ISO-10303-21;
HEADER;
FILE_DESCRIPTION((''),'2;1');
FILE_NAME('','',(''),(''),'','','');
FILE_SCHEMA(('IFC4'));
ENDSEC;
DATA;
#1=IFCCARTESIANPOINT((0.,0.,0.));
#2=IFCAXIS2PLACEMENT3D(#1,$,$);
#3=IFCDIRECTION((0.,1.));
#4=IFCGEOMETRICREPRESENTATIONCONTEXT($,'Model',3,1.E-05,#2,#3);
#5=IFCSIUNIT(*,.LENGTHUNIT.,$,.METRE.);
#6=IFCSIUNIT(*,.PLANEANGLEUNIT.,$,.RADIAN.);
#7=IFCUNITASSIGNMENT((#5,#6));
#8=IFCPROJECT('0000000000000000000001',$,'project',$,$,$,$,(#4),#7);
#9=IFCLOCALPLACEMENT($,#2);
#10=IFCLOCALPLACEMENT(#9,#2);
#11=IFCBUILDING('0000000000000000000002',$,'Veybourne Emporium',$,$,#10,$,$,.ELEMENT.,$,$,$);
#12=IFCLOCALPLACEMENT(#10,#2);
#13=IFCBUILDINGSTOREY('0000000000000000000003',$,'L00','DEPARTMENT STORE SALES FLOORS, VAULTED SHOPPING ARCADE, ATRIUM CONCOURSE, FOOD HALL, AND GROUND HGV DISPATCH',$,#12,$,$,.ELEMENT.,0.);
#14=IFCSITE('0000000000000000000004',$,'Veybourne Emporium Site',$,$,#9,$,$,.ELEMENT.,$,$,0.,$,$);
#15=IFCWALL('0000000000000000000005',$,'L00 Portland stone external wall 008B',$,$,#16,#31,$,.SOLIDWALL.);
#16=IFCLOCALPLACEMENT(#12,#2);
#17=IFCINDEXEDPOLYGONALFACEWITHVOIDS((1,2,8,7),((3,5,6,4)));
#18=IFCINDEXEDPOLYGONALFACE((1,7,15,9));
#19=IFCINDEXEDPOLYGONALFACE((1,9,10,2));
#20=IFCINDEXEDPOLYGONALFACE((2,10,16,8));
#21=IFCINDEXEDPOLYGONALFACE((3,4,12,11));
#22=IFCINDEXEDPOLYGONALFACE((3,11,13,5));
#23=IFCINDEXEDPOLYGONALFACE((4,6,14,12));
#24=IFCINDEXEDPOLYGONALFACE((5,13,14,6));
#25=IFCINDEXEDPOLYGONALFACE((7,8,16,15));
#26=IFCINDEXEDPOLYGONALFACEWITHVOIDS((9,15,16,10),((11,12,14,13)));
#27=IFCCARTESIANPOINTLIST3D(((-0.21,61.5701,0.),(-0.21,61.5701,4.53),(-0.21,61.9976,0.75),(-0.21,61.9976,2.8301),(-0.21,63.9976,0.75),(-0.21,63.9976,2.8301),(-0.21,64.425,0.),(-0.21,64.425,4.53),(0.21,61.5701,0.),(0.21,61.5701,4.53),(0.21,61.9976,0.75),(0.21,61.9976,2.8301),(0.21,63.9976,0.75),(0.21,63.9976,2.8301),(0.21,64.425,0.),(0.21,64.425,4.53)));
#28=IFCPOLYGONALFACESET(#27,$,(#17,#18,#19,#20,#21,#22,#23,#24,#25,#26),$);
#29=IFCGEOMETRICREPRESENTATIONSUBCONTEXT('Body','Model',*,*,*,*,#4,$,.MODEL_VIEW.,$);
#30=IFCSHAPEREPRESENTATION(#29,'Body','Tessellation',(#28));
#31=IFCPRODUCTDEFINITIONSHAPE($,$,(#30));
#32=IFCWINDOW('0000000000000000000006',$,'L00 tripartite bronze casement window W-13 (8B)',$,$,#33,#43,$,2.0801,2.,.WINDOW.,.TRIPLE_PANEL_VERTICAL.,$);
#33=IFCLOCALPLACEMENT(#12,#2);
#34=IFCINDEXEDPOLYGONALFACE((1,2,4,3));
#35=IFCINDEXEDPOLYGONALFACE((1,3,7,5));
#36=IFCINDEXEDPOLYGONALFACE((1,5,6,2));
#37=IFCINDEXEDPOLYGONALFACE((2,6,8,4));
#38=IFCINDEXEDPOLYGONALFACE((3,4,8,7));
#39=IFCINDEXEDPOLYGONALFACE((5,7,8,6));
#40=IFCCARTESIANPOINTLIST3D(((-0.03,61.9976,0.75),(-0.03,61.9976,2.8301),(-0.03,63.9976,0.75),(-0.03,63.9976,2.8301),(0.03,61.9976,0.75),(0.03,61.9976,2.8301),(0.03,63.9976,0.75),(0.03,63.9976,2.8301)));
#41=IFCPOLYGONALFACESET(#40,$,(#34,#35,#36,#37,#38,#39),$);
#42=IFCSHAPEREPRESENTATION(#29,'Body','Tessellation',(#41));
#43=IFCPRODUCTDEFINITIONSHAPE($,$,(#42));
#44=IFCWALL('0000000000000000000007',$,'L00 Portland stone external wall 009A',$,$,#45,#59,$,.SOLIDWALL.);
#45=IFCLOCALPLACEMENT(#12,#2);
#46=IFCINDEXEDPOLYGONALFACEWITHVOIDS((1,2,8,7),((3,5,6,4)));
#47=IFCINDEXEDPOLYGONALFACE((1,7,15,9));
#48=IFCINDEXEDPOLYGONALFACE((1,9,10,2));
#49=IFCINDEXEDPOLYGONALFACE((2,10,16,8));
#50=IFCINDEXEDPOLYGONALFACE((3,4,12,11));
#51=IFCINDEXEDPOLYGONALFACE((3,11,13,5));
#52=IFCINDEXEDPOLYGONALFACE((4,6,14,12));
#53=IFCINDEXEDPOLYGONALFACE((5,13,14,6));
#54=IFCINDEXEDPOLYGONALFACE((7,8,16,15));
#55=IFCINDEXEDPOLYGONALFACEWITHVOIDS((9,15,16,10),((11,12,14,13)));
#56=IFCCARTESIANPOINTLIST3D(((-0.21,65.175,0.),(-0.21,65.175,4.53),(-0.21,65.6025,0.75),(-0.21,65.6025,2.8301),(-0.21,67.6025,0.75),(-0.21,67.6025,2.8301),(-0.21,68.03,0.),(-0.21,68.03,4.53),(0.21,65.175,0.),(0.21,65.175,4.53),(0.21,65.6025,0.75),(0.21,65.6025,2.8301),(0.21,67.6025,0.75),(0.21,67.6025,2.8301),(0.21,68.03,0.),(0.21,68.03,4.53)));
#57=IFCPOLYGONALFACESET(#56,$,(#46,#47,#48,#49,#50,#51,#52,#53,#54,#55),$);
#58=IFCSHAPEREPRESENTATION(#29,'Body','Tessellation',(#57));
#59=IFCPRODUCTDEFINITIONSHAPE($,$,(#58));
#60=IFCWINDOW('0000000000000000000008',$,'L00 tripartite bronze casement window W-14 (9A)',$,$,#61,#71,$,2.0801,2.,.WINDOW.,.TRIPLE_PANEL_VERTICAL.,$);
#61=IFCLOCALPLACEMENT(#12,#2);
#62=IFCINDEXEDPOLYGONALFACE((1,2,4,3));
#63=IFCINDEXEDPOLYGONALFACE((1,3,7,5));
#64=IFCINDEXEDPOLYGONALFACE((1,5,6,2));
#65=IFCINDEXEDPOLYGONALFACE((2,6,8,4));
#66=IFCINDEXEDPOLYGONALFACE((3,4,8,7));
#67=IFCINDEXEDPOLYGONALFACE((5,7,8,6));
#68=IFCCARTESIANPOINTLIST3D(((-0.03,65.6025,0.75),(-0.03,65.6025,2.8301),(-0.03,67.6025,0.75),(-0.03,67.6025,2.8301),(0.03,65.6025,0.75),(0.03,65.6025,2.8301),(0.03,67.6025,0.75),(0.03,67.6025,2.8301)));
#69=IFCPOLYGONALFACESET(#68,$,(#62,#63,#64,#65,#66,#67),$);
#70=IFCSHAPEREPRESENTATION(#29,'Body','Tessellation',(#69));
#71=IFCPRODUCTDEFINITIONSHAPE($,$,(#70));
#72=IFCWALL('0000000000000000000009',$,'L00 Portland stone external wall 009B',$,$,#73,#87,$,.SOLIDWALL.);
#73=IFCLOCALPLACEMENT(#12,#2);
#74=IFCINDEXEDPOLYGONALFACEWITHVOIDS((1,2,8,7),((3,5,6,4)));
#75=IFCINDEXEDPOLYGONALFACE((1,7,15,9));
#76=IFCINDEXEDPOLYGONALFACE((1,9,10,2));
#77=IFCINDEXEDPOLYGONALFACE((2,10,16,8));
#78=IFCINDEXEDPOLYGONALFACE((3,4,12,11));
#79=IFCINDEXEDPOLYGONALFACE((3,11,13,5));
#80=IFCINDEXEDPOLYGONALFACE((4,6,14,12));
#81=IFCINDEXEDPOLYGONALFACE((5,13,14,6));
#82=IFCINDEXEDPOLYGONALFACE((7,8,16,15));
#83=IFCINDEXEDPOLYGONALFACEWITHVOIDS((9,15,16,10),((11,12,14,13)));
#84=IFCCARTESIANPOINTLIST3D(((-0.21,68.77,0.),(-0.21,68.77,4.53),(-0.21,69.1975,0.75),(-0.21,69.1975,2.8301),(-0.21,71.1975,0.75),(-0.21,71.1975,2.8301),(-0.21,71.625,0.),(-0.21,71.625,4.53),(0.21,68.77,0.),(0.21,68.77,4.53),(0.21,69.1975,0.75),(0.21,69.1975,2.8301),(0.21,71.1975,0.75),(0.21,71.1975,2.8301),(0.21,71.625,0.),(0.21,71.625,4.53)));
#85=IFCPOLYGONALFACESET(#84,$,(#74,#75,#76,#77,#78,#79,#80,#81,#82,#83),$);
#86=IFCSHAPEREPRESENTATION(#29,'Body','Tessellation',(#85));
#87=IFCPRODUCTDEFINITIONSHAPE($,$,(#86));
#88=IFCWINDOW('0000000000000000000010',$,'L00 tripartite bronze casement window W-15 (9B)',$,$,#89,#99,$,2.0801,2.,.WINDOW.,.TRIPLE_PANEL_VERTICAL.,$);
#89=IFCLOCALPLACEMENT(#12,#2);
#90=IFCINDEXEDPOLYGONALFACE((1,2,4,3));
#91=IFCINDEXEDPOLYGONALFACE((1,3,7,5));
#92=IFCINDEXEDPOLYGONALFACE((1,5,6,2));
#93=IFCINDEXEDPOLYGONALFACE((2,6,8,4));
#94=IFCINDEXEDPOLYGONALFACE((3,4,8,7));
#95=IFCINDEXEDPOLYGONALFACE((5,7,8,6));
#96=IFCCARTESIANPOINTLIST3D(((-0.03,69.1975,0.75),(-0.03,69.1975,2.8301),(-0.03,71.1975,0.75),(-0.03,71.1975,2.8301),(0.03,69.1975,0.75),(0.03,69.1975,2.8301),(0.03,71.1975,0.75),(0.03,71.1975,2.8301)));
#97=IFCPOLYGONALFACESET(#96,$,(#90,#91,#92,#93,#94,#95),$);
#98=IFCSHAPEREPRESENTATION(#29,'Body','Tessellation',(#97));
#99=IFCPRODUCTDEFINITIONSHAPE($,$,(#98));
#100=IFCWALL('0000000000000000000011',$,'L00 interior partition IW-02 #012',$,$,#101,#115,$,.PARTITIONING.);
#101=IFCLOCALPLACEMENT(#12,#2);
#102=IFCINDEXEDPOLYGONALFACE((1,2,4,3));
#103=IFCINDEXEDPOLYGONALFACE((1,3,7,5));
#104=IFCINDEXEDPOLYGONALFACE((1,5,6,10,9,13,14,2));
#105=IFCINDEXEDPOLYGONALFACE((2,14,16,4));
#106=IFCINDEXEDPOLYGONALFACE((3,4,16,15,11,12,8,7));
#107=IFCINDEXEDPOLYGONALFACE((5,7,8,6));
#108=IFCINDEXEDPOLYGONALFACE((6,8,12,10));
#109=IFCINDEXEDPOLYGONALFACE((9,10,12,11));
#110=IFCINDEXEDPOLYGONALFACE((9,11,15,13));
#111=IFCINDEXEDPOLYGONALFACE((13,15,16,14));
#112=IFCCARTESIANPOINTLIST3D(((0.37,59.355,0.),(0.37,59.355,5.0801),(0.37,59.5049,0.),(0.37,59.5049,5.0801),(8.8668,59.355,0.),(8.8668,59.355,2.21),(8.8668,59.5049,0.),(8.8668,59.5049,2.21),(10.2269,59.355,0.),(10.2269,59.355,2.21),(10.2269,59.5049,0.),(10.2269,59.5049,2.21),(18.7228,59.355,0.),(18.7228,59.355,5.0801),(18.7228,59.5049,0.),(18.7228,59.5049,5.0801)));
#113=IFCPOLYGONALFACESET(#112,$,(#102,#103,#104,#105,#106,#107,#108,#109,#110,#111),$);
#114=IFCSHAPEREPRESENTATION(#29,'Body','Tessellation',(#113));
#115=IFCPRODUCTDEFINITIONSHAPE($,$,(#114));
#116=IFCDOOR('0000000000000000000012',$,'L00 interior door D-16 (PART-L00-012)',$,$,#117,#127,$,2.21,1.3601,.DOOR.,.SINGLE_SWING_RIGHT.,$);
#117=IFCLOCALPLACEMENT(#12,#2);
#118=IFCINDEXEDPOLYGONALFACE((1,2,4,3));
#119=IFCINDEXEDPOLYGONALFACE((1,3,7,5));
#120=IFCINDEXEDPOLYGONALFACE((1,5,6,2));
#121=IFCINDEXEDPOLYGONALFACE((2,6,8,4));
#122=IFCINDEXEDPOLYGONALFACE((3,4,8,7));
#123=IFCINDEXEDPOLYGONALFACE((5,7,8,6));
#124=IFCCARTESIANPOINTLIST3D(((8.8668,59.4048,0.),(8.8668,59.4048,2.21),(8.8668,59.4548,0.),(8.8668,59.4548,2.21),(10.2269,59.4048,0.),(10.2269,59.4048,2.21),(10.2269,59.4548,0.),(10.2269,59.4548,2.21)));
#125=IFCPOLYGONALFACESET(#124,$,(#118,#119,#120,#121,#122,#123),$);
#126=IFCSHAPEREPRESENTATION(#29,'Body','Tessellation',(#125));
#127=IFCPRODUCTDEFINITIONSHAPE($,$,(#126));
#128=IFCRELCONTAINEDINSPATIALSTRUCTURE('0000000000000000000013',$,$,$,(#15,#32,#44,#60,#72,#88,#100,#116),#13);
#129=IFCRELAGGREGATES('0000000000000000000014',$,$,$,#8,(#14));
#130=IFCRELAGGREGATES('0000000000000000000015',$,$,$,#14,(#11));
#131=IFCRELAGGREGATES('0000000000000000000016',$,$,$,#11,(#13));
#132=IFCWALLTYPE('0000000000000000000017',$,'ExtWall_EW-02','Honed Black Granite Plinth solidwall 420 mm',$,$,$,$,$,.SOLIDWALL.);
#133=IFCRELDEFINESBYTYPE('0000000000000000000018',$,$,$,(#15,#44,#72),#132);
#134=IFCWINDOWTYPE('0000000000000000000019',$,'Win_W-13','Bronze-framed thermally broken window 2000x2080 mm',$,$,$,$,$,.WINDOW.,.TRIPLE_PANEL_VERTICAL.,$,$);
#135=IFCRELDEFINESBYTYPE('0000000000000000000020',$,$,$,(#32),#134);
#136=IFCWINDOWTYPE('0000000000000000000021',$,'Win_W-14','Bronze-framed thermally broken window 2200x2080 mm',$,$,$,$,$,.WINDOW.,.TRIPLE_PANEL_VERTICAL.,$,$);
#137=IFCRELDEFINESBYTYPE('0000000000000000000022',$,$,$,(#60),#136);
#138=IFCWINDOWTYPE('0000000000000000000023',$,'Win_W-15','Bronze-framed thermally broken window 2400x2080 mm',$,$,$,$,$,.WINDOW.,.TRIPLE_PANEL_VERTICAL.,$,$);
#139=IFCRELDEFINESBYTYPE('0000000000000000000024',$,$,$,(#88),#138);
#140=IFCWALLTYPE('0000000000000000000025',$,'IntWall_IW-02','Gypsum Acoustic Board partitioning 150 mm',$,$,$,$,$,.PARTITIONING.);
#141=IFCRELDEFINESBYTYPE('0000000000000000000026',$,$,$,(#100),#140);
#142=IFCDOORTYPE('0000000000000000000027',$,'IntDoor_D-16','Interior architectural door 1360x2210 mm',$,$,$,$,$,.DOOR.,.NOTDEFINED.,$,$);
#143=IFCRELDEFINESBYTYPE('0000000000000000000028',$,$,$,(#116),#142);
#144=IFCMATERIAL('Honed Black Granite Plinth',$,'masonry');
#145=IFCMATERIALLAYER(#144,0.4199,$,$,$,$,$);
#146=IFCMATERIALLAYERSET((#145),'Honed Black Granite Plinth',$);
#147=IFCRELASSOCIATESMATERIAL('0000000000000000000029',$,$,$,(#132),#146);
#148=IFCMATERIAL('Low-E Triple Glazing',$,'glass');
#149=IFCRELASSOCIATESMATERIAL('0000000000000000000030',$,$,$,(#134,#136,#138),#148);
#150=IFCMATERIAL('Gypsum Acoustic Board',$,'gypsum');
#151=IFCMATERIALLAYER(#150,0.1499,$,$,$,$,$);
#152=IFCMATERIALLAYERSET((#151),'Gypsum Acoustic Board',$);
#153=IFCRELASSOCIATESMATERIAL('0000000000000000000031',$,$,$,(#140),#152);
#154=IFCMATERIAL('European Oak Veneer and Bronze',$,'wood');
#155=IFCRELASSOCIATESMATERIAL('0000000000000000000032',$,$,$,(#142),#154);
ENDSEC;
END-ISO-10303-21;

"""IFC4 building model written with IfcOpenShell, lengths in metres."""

from ifc_helpers import new_model, si_unit, direction, frame, frame_2d, origin, place, context, subcontext, project, spatial, rectangle, extrude, material, layer, layer_set, type_object, element, fill, save


model = new_model("IFC4")

# Units and contexts
model_context = context("Model", 3, precision=1e-05, world=origin(), true_north=direction((0.0, 1.0)))
body_context = subcontext(model_context, "Body", "Model", "MODEL_VIEW")
ifc_project = project(units=[si_unit("LENGTHUNIT", "METRE"), si_unit("PLANEANGLEUNIT", "RADIAN")], contexts=[model_context])

# Site, building, storey
site_placement = place(None, origin())
site = spatial("IfcSite", under=ifc_project, at=site_placement, Name="Veybourne Emporium Site", CompositionType="ELEMENT", RefElevation=0.0)
building_placement = place(site_placement, origin())
building = spatial("IfcBuilding", under=site, at=building_placement, Name="Veybourne Emporium", CompositionType="ELEMENT")
storey_placement = place(building_placement, origin())
storey = spatial("IfcBuildingStorey", under=building, at=storey_placement, Name="L00", Description="DEPARTMENT STORE SALES FLOORS, VAULTED SHOPPING ARCADE, ATRIUM CONCOURSE, FOOD HALL, AND GROUND HGV DISPATCH", CompositionType="ELEMENT", Elevation=0.0)

# Walls, openings, windows
ifc_material_1 = material(Name="Honed Black Granite Plinth", Category="masonry")
ifc_layer_1 = layer(ifc_material_1, 0.4199)
ifc_layer_set_1 = layer_set([ifc_layer_1], Name="Honed Black Granite Plinth")
wall_type_1 = type_object("IfcWallType", Name="ExtWall_EW-02", Description="Honed Black Granite Plinth solidwall 420 mm", PredefinedType="SOLIDWALL", material=ifc_layer_set_1)
wall_1_placement = place(storey_placement, frame((0.0, 61.5701, 0.0), z_axis=(0.0, 0.0, 1.0), x_axis=(0.0, 1.0, 0.0)))
wall_1 = element("IfcWall", 1, at=wall_1_placement, inside=storey, type_object=wall_type_1, Name="L00 Portland stone external wall 008B", PredefinedType="SOLIDWALL", context=body_context, shape_type="SweptSolid", body=[
    extrude(rectangle(XDim=2.855, YDim=0.4199, at=frame_2d((1.4275, 0.0))), origin(), (0.0, 0.0, 1.0), 4.53),
])
opening_1_placement = place(wall_1_placement, frame((0.4275, 0.0, 0.75)))
opening_1 = element("IfcOpeningElement", 2, at=opening_1_placement, cuts=wall_1, PredefinedType="OPENING", context=body_context, shape_type="SweptSolid", body=[
    extrude(rectangle(XDim=2.0, YDim=2.0801, at=frame_2d((1.0, 1.04))), frame((0.0, 0.23, 0.0), z_axis=(0.0, -1.0, 0.0), x_axis=(1.0, 0.0, 0.0)), (0.0, 0.0, 1.0), 0.46),
])
ifc_material_2 = material(Name="Low-E Triple Glazing", Category="glass")
window_type_1 = type_object("IfcWindowType", Name="Win_W-13", Description="Bronze-framed thermally broken window 2000x2080 mm", PartitioningType="TRIPLE_PANEL_VERTICAL", PredefinedType="WINDOW", material=ifc_material_2)
window_1_placement = place(opening_1_placement, origin())
window_1 = element("IfcWindow", 3, at=window_1_placement, inside=storey, type_object=window_type_1, Name="L00 tripartite bronze casement window W-13 (8B)", OverallHeight=2.0801, OverallWidth=2.0, PartitioningType="TRIPLE_PANEL_VERTICAL", PredefinedType="WINDOW", context=body_context, shape_type="SweptSolid", body=[
    extrude(rectangle(XDim=2.0, YDim=2.0801, at=frame_2d((1.0, 1.04))), frame((0.0, 0.03, 0.0), z_axis=(0.0, -1.0, 0.0), x_axis=(1.0, 0.0, 0.0)), (0.0, 0.0, 1.0), 0.0601),
])
fill(opening_1, window_1)
wall_2_placement = place(storey_placement, frame((0.0, 65.175, 0.0), z_axis=(0.0, 0.0, 1.0), x_axis=(0.0, 1.0, 0.0)))
wall_2 = element("IfcWall", 4, at=wall_2_placement, inside=storey, type_object=wall_type_1, Name="L00 Portland stone external wall 009A", PredefinedType="SOLIDWALL", context=body_context, shape_type="SweptSolid", body=[
    extrude(rectangle(XDim=2.855, YDim=0.4199, at=frame_2d((1.4275, 0.0))), origin(), (0.0, 0.0, 1.0), 4.53),
])
opening_2_placement = place(wall_2_placement, frame((0.4275, 0.0, 0.75)))
opening_2 = element("IfcOpeningElement", 5, at=opening_2_placement, cuts=wall_2, PredefinedType="OPENING", context=body_context, shape_type="SweptSolid", body=[
    extrude(rectangle(XDim=2.0, YDim=2.0801, at=frame_2d((1.0, 1.04))), frame((0.0, 0.23, 0.0), z_axis=(0.0, -1.0, 0.0), x_axis=(1.0, 0.0, 0.0)), (0.0, 0.0, 1.0), 0.46),
])
window_type_2 = type_object("IfcWindowType", Name="Win_W-14", Description="Bronze-framed thermally broken window 2200x2080 mm", PartitioningType="TRIPLE_PANEL_VERTICAL", PredefinedType="WINDOW", material=ifc_material_2)
window_2_placement = place(opening_2_placement, origin())
window_2 = element("IfcWindow", 6, at=window_2_placement, inside=storey, type_object=window_type_2, Name="L00 tripartite bronze casement window W-14 (9A)", OverallHeight=2.0801, OverallWidth=2.0, PartitioningType="TRIPLE_PANEL_VERTICAL", PredefinedType="WINDOW", context=body_context, shape_type="SweptSolid", body=[
    extrude(rectangle(XDim=2.0, YDim=2.0801, at=frame_2d((1.0, 1.04))), frame((0.0, 0.03, 0.0), z_axis=(0.0, -1.0, 0.0), x_axis=(1.0, 0.0, 0.0)), (0.0, 0.0, 1.0), 0.0601),
])
fill(opening_2, window_2)
wall_3_placement = place(storey_placement, frame((0.0, 68.77, 0.0), z_axis=(0.0, 0.0, 1.0), x_axis=(0.0, 1.0, 0.0)))
wall_3 = element("IfcWall", 7, at=wall_3_placement, inside=storey, type_object=wall_type_1, Name="L00 Portland stone external wall 009B", PredefinedType="SOLIDWALL", context=body_context, shape_type="SweptSolid", body=[
    extrude(rectangle(XDim=2.855, YDim=0.4199, at=frame_2d((1.4275, 0.0))), origin(), (0.0, 0.0, 1.0), 4.53),
])
opening_3_placement = place(wall_3_placement, frame((0.4275, 0.0, 0.75)))
opening_3 = element("IfcOpeningElement", 8, at=opening_3_placement, cuts=wall_3, PredefinedType="OPENING", context=body_context, shape_type="SweptSolid", body=[
    extrude(rectangle(XDim=2.0, YDim=2.0801, at=frame_2d((1.0, 1.04))), frame((0.0, 0.23, 0.0), z_axis=(0.0, -1.0, 0.0), x_axis=(1.0, 0.0, 0.0)), (0.0, 0.0, 1.0), 0.46),
])
window_type_3 = type_object("IfcWindowType", Name="Win_W-15", Description="Bronze-framed thermally broken window 2400x2080 mm", PartitioningType="TRIPLE_PANEL_VERTICAL", PredefinedType="WINDOW", material=ifc_material_2)
window_3_placement = place(opening_3_placement, origin())
window_3 = element("IfcWindow", 9, at=window_3_placement, inside=storey, type_object=window_type_3, Name="L00 tripartite bronze casement window W-15 (9B)", OverallHeight=2.0801, OverallWidth=2.0, PartitioningType="TRIPLE_PANEL_VERTICAL", PredefinedType="WINDOW", context=body_context, shape_type="SweptSolid", body=[
    extrude(rectangle(XDim=2.0, YDim=2.0801, at=frame_2d((1.0, 1.04))), frame((0.0, 0.03, 0.0), z_axis=(0.0, -1.0, 0.0), x_axis=(1.0, 0.0, 0.0)), (0.0, 0.0, 1.0), 0.0601),
])
fill(opening_3, window_3)

# Wall, opening, door
ifc_material_3 = material(Name="Gypsum Acoustic Board", Category="gypsum")
ifc_layer_2 = layer(ifc_material_3, 0.1499)
ifc_layer_set_2 = layer_set([ifc_layer_2], Name="Gypsum Acoustic Board")
wall_type_2 = type_object("IfcWallType", Name="IntWall_IW-02", Description="Gypsum Acoustic Board partitioning 150 mm", PredefinedType="PARTITIONING", material=ifc_layer_set_2)
wall_4_placement = place(storey_placement, frame((0.3701, 59.4299, 0.0), z_axis=(0.0, 0.0, 1.0), x_axis=(1.0, 0.0, 0.0)))
wall_4 = element("IfcWall", 10, at=wall_4_placement, inside=storey, type_object=wall_type_2, Name="L00 interior partition IW-02 #012", PredefinedType="PARTITIONING", context=body_context, shape_type="SweptSolid", body=[
    extrude(rectangle(XDim=18.3528, YDim=0.1499, at=frame_2d((9.1763, 0.0))), origin(), (0.0, 0.0, 1.0), 5.0801),
])
opening_4_placement = place(wall_4_placement, frame((8.4966, 0.0, 0.0)))
opening_4 = element("IfcOpeningElement", 11, at=opening_4_placement, cuts=wall_4, PredefinedType="OPENING", context=body_context, shape_type="SweptSolid", body=[
    extrude(rectangle(XDim=1.3601, YDim=2.21, at=frame_2d((0.6802, 1.105))), frame((0.0, 0.095, 0.0), z_axis=(0.0, -1.0, 0.0), x_axis=(1.0, 0.0, 0.0)), (0.0, 0.0, 1.0), 0.1899),
])
ifc_material_4 = material(Name="European Oak Veneer and Bronze", Category="wood")
door_type = type_object("IfcDoorType", Name="IntDoor_D-16", Description="Interior architectural door 1360x2210 mm", OperationType="NOTDEFINED", PredefinedType="DOOR", material=ifc_material_4)
door_placement = place(opening_4_placement, origin())
door = element("IfcDoor", 12, at=door_placement, inside=storey, type_object=door_type, Name="L00 interior door D-16 (PART-L00-012)", OperationType="SINGLE_SWING_RIGHT", OverallHeight=2.21, OverallWidth=1.3601, PredefinedType="DOOR", context=body_context, shape_type="SweptSolid", body=[
    extrude(rectangle(XDim=1.3601, YDim=2.21, at=frame_2d((0.6802, 1.105))), frame((0.0, 0.0249, 0.0), z_axis=(0.0, -1.0, 0.0), x_axis=(1.0, 0.0, 0.0)), (0.0, 0.0, 1.0), 0.05),
])
fill(opening_4, door)

save(model, "model.ifc")
